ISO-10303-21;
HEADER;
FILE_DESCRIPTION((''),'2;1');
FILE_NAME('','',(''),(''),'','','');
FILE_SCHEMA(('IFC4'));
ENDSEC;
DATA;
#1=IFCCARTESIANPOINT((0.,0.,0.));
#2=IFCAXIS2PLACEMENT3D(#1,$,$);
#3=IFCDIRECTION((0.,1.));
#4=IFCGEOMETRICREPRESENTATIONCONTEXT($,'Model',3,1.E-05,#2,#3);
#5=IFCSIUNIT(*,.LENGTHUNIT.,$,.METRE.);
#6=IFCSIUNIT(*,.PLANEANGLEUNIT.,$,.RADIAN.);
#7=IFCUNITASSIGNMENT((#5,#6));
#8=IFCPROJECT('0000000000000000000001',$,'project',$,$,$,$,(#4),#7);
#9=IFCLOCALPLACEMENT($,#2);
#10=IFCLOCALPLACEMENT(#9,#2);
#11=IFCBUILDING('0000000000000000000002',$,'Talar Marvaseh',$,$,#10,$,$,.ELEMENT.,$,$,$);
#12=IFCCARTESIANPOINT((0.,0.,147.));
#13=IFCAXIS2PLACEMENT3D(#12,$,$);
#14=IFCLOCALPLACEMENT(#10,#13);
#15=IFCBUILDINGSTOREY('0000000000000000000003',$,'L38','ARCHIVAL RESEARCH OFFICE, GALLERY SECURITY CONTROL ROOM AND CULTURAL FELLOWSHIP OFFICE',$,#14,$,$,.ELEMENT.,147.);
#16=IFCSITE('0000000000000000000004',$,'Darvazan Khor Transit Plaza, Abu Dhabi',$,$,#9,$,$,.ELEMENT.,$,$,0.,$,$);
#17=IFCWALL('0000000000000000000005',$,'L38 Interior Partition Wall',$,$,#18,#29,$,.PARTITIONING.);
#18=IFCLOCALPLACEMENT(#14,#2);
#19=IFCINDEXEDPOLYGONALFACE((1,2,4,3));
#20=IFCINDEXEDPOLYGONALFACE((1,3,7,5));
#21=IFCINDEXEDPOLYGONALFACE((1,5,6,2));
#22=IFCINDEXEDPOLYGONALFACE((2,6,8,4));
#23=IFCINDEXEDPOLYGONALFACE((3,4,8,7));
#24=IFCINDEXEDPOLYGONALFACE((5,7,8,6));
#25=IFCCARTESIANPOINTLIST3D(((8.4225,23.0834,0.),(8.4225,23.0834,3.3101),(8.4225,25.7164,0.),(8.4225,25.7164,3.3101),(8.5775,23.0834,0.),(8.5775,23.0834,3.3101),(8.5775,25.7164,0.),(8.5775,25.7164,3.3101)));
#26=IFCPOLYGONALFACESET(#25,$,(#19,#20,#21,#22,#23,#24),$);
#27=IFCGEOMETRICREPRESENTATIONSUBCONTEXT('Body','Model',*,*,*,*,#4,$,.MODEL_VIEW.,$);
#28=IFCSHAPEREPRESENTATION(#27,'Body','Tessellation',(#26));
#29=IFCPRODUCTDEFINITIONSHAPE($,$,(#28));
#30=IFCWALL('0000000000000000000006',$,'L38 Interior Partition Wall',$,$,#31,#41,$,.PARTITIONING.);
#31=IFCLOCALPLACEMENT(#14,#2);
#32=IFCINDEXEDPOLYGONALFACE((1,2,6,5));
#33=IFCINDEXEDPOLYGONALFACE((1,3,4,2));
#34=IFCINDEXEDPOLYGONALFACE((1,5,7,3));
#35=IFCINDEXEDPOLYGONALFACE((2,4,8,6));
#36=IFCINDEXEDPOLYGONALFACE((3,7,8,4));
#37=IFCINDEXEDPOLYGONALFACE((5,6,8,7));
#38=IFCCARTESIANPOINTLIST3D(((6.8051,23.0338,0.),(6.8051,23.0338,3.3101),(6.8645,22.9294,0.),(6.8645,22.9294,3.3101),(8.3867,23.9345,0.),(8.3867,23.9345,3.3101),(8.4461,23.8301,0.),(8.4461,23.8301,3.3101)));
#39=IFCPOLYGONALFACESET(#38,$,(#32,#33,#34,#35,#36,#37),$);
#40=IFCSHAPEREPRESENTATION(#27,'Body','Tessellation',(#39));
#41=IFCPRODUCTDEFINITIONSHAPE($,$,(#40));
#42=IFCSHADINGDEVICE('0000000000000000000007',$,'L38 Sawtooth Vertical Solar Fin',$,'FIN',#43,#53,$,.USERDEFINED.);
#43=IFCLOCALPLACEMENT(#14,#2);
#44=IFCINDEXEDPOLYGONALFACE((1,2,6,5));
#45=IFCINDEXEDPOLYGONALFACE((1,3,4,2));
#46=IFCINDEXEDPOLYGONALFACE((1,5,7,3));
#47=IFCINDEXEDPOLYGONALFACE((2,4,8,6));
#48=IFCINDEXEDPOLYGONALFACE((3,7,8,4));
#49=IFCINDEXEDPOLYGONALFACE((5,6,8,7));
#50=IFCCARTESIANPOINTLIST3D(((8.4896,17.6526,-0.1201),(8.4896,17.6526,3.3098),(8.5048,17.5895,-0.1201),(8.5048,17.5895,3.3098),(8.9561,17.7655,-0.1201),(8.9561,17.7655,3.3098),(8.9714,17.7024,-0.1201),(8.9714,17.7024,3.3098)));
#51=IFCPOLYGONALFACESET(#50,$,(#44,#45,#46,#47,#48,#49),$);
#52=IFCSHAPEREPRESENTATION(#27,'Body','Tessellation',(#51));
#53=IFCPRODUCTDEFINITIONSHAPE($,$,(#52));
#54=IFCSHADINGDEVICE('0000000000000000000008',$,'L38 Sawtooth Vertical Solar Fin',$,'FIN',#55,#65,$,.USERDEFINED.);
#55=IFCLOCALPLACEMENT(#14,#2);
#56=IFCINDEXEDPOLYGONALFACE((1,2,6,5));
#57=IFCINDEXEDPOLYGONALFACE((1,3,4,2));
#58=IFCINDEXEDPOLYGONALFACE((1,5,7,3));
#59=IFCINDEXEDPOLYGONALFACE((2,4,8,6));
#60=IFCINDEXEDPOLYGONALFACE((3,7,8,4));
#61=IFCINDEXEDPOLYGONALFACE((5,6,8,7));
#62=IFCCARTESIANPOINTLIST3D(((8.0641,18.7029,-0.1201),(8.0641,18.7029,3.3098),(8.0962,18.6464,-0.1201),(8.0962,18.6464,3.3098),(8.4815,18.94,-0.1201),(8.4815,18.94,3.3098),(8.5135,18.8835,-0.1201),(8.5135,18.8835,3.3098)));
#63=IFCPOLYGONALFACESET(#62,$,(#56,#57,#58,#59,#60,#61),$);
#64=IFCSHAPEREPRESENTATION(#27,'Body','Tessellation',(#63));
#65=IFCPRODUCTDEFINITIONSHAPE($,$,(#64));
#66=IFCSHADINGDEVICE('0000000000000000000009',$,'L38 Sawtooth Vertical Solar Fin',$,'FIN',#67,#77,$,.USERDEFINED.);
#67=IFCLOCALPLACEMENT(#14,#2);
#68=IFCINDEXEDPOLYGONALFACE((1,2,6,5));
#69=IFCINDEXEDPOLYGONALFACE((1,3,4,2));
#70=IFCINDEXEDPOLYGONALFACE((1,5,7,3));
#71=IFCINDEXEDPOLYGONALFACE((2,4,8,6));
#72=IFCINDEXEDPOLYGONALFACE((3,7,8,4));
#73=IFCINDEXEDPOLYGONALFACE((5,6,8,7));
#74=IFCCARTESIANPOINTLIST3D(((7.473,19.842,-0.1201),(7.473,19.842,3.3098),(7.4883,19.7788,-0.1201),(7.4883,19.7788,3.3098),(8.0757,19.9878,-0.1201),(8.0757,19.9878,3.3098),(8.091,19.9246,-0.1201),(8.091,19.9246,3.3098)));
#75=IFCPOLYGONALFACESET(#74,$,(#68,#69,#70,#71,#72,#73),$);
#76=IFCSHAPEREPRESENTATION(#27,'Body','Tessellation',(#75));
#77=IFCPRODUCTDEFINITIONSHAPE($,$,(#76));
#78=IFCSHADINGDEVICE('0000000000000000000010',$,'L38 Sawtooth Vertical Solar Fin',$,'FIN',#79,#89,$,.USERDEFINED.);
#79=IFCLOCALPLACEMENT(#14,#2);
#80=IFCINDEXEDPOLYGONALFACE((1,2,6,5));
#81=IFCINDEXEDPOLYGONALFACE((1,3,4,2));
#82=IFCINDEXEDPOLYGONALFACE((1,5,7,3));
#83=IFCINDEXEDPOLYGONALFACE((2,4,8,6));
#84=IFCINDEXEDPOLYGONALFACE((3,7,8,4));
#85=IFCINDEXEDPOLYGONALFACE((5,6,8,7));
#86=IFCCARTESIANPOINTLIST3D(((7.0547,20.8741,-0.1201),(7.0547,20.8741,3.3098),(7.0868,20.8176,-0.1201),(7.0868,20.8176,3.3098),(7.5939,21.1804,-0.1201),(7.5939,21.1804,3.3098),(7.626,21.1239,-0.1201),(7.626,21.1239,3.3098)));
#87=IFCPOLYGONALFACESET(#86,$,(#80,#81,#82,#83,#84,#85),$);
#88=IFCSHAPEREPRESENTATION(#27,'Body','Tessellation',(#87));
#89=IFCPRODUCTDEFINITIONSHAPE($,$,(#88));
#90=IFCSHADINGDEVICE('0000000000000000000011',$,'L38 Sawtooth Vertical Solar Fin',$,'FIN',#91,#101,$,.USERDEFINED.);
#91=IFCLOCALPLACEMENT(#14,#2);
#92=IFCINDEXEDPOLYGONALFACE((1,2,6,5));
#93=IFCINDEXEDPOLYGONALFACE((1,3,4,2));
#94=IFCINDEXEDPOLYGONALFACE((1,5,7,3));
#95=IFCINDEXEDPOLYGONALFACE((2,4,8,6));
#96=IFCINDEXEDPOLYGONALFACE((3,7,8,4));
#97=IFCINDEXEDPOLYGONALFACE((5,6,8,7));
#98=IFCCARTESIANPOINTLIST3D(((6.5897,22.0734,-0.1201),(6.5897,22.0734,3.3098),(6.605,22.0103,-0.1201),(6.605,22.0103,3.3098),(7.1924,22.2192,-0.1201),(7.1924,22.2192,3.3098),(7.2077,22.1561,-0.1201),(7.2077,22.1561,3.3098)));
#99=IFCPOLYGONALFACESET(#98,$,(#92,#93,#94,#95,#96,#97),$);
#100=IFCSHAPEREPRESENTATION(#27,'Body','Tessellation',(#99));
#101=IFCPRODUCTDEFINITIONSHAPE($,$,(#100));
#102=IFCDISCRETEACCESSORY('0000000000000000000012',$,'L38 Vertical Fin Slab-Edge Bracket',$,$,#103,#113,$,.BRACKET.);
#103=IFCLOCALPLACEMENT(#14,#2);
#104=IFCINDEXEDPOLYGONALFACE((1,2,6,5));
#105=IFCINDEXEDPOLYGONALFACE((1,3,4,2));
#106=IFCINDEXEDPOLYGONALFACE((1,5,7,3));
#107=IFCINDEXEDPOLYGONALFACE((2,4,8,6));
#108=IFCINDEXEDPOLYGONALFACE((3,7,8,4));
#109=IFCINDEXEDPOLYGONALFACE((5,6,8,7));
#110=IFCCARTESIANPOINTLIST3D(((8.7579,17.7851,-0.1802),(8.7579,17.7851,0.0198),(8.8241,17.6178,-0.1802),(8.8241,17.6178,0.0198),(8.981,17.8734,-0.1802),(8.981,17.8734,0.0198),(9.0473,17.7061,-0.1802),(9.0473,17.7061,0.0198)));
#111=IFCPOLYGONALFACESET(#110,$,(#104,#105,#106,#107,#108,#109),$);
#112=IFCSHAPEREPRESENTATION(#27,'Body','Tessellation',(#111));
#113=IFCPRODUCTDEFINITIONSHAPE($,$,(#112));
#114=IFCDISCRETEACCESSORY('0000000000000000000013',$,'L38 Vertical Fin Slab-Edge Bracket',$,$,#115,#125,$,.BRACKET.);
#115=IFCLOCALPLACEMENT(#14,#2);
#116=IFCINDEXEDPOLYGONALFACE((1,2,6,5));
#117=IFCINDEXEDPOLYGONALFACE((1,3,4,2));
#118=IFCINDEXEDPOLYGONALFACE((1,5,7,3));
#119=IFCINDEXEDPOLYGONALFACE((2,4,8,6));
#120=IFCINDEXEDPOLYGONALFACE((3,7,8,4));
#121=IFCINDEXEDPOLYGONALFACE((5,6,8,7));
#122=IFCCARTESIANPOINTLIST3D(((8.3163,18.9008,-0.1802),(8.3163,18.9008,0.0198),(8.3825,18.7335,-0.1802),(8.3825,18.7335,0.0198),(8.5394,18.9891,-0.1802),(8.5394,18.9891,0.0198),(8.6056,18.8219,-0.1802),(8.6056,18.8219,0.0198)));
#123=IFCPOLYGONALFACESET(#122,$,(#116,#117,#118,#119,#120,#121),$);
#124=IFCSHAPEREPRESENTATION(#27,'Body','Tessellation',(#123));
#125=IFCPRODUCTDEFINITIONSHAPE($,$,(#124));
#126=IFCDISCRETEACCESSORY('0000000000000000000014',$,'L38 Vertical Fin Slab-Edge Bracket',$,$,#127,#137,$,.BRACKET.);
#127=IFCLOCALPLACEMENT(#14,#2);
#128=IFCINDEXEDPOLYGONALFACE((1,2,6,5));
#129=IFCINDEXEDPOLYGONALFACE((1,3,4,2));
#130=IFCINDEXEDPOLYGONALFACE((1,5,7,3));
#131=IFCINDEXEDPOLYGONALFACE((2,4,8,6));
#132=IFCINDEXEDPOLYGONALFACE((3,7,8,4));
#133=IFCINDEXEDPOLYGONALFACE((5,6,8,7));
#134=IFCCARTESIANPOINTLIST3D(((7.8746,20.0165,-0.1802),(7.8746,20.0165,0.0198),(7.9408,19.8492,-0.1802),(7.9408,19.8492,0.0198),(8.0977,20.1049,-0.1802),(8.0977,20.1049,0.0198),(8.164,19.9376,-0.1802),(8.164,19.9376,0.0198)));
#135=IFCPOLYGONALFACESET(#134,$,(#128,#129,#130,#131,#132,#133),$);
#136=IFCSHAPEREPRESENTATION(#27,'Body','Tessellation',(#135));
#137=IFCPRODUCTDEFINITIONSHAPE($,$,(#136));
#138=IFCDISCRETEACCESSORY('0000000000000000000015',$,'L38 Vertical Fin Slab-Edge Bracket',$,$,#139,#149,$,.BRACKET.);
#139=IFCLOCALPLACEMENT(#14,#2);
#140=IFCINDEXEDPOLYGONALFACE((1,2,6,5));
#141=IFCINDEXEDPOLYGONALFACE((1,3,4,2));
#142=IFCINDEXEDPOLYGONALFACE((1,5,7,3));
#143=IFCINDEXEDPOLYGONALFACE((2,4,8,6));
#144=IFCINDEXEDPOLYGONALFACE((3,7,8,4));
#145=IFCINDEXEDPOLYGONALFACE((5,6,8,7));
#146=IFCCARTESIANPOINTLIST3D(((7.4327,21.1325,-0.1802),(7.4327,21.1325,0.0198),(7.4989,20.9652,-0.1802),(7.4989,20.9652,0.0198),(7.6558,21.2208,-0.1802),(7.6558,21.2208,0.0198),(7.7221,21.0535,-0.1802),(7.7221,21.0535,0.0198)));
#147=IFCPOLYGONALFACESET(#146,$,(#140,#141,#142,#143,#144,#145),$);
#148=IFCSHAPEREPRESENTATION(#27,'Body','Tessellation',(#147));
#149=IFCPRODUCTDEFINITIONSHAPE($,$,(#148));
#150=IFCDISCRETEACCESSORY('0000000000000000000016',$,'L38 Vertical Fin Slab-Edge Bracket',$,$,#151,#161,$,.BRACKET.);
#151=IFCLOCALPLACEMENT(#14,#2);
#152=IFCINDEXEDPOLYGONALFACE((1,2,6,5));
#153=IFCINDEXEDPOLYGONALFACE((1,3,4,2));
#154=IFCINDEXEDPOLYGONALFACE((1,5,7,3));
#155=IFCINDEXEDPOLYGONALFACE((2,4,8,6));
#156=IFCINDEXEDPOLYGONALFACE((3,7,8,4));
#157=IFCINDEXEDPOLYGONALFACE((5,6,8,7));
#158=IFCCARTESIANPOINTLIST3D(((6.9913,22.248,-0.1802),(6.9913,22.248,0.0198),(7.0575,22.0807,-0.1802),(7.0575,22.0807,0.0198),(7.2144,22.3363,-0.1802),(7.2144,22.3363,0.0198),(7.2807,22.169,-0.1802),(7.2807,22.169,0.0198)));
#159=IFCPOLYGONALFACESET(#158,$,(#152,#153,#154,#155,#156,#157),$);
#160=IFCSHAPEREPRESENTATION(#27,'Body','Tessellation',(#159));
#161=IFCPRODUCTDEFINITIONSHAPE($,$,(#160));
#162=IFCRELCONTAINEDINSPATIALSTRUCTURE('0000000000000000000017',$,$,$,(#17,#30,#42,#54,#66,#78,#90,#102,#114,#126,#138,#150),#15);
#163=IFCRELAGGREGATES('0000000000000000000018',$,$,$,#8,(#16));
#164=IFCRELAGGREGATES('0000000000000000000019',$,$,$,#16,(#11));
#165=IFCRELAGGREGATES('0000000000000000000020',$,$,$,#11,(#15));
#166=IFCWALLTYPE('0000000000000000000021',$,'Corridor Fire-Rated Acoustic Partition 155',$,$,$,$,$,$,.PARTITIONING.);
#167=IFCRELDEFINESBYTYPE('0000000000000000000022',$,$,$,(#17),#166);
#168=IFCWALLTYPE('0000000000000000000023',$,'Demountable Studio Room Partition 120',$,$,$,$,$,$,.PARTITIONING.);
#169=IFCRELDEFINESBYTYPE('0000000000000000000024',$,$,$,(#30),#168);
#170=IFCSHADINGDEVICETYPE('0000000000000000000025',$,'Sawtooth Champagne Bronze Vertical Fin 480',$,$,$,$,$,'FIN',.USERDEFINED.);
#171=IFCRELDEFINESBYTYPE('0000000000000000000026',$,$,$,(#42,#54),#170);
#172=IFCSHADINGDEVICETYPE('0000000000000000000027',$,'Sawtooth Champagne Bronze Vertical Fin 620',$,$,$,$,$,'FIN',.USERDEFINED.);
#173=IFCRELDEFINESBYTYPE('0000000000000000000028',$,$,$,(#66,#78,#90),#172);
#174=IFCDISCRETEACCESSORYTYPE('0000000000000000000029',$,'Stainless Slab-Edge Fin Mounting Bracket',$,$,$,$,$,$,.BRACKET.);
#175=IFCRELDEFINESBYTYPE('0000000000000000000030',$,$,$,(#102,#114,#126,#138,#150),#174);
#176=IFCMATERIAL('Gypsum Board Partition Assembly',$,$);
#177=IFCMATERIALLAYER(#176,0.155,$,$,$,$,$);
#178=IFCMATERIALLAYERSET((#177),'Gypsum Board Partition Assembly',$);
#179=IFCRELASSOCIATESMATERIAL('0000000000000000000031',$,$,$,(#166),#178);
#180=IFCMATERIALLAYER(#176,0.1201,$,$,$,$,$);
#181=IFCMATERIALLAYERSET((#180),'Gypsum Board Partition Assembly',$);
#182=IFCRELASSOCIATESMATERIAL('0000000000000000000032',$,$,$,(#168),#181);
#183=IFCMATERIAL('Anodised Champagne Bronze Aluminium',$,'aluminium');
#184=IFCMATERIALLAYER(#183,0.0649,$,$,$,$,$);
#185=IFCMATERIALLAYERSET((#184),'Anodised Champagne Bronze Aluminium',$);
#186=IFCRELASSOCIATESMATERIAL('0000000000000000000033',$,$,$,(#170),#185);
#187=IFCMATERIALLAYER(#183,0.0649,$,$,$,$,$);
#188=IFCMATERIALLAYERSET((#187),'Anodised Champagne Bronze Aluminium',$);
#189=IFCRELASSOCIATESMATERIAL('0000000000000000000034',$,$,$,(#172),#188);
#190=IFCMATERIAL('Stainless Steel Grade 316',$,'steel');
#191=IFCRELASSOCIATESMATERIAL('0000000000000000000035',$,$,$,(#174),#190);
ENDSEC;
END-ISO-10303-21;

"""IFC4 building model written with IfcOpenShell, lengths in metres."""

from ifc_helpers import new_model, si_unit, direction, frame, frame_2d, origin, origin_2d, place, context, subcontext, project, spatial, rectangle, extrude, source, transform, mapped, material, layer, layer_set, type_object, type_shapes, element, save


model = new_model("IFC4")

# Units and contexts
model_context = context("Model", 3, precision=1e-05, world=origin(), true_north=direction((0.0, 1.0)))
body_context = subcontext(model_context, "Body", "Model", "MODEL_VIEW")
ifc_project = project(units=[si_unit("LENGTHUNIT", "METRE"), si_unit("PLANEANGLEUNIT", "RADIAN")], contexts=[model_context])

# Site, building, storey
site_placement = place(None, origin())
site = spatial("IfcSite", under=ifc_project, at=site_placement, Name="Darvazan Khor Transit Plaza, Abu Dhabi", CompositionType="ELEMENT", RefElevation=0.0)
building_placement = place(site_placement, origin())
building = spatial("IfcBuilding", under=site, at=building_placement, Name="Talar Marvaseh", CompositionType="ELEMENT")
storey_placement = place(building_placement, frame((0.0, 0.0, 147.0)))
storey = spatial("IfcBuildingStorey", under=building, at=storey_placement, Name="L38", Description="ARCHIVAL RESEARCH OFFICE, GALLERY SECURITY CONTROL ROOM AND CULTURAL FELLOWSHIP OFFICE", CompositionType="ELEMENT", Elevation=147.0)

# Shared definitions
ifc_material_1 = material(Name="Gypsum Board Partition Assembly")
ifc_layer_1 = layer(ifc_material_1, 0.155)
ifc_layer_set_1 = layer_set([ifc_layer_1], Name="Gypsum Board Partition Assembly")
wall_type_1 = type_object("IfcWallType", Name="Corridor Fire-Rated Acoustic Partition 155", PredefinedType="PARTITIONING", material=ifc_layer_set_1)

# Walls
wall_1_placement = place(storey_placement, frame((8.5, 23.0835, 0.0), z_axis=(0.0, 0.0, 1.0), x_axis=(0.0, 1.0, 0.0)))
element("IfcWall", 1, at=wall_1_placement, inside=storey, type_object=wall_type_1, Name="L38 Interior Partition Wall", PredefinedType="PARTITIONING", context=body_context, shape_type="SweptSolid", body=[
    extrude(rectangle(XDim=2.6331, YDim=0.155, at=frame_2d((1.3164, 0.0))), origin(), (0.0, 0.0, 1.0), 3.3101),
])
ifc_layer_2 = layer(ifc_material_1, 0.1201)
ifc_layer_set_2 = layer_set([ifc_layer_2], Name="Gypsum Board Partition Assembly")
wall_type_2 = type_object("IfcWallType", Name="Demountable Studio Room Partition 120", PredefinedType="PARTITIONING", material=ifc_layer_set_2)
wall_2_placement = place(storey_placement, frame((8.4165, 23.8823, 0.0), z_axis=(0.0, 0.0, 1.0), x_axis=(-0.868977, -0.494853, 0.0)))
element("IfcWall", 2, at=wall_2_placement, inside=storey, type_object=wall_type_2, Name="L38 Interior Partition Wall", PredefinedType="PARTITIONING", context=body_context, shape_type="SweptSolid", body=[
    extrude(rectangle(XDim=1.8201, YDim=0.1201, at=frame_2d((0.9102, 0.0))), origin(), (0.0, 0.0, 1.0), 3.3101),
])

# Shading devices
ifc_material_2 = material(Name="Anodised Champagne Bronze Aluminium", Category="aluminium")
ifc_layer_3 = layer(ifc_material_2, 0.0649)
ifc_layer_set_3 = layer_set([ifc_layer_3], Name="Anodised Champagne Bronze Aluminium")
shading_device_type_1 = type_object("IfcShadingDeviceType", Name="Sawtooth Champagne Bronze Vertical Fin 480", ElementType="FIN", PredefinedType="USERDEFINED", material=ifc_layer_set_3)
shared_shape_1 = source(origin(), body_context, "Body", "SweptSolid", [
    extrude(rectangle(XDim=0.48, YDim=0.0649, at=origin_2d()), origin(), (0.0, 0.0, 1.0), 3.4299),
])
type_shapes(shading_device_type_1, [shared_shape_1])
for number, where, z_axis, x_axis, name in (
    (3, (8.7305, 17.6775, -0.1201), (0.0, 0.0, 1.0), (-0.971961, -0.235142, 0.0), "L38 Sawtooth Vertical Solar Fin"),
    (4, (8.2888, 18.7932, -0.1201), (0.0, 0.0, 1.0), (-0.869495, -0.493942, 0.0), "L38 Sawtooth Vertical Solar Fin"),
):
    element("IfcShadingDevice", number, at=place(storey_placement, frame(where, z_axis=z_axis, x_axis=x_axis)), inside=storey, type_object=shading_device_type_1, Name=name, ObjectType="FIN", PredefinedType="USERDEFINED", context=body_context, shape_type="MappedRepresentation", body=[
        mapped(shared_shape_1, transform((0.0, 0.0, 0.0), x_axis=(1.0, 0.0, 0.0), y_axis=(0.0, 1.0, 0.0), z_axis=(0.0, 0.0, 1.0), scale=1.0)),
    ])
ifc_layer_4 = layer(ifc_material_2, 0.0649)
ifc_layer_set_4 = layer_set([ifc_layer_4], Name="Anodised Champagne Bronze Aluminium")
shading_device_type_2 = type_object("IfcShadingDeviceType", Name="Sawtooth Champagne Bronze Vertical Fin 620", ElementType="FIN", PredefinedType="USERDEFINED", material=ifc_layer_set_4)
shared_shape_2 = source(origin(), body_context, "Body", "SweptSolid", [
    extrude(rectangle(XDim=0.6201, YDim=0.0649, at=origin_2d()), origin(), (0.0, 0.0, 1.0), 3.4299),
])
type_shapes(shading_device_type_2, [shared_shape_2])
for number, where, z_axis, x_axis, name in (
    (5, (7.782, 19.8833, -0.1201), (0.0, 0.0, 1.0), (-0.971961, -0.235142, 0.0), "L38 Sawtooth Vertical Solar Fin"),
    (6, (7.3403, 20.999, -0.1201), (0.0, 0.0, 1.0), (-0.869495, -0.493942, 0.0), "L38 Sawtooth Vertical Solar Fin"),
    (7, (6.8987, 22.1147, -0.1201), (0.0, 0.0, 1.0), (-0.971961, -0.235142, 0.0), "L38 Sawtooth Vertical Solar Fin"),
):
    element("IfcShadingDevice", number, at=place(storey_placement, frame(where, z_axis=z_axis, x_axis=x_axis)), inside=storey, type_object=shading_device_type_2, Name=name, ObjectType="FIN", PredefinedType="USERDEFINED", context=body_context, shape_type="MappedRepresentation", body=[
        mapped(shared_shape_2, transform((0.0, 0.0, 0.0), x_axis=(1.0, 0.0, 0.0), y_axis=(0.0, 1.0, 0.0), z_axis=(0.0, 0.0, 1.0), scale=1.0)),
    ])

# Discrete accessories
ifc_material_3 = material(Name="Stainless Steel Grade 316", Category="steel")
discrete_accessory_type = type_object("IfcDiscreteAccessoryType", Name="Stainless Slab-Edge Fin Mounting Bracket", PredefinedType="BRACKET", material=ifc_material_3)
shared_shape_3 = source(origin(), body_context, "Body", "SweptSolid", [
    extrude(rectangle(XDim=0.24, YDim=0.1799, at=origin_2d()), origin(), (0.0, 0.0, 1.0), 0.2),
])
type_shapes(discrete_accessory_type, [shared_shape_3])
for number, where, z_axis, x_axis, name in (
    (8, (8.9026, 17.7456, -0.1802), (0.0, 0.0, 1.0), (-0.929776, -0.368125, 0.0), "L38 Vertical Fin Slab-Edge Bracket"),
    (9, (8.4609, 18.8613, -0.1802), (0.0, 0.0, 1.0), (-0.929776, -0.368125, 0.0), "L38 Vertical Fin Slab-Edge Bracket"),
    (10, (8.0193, 19.9771, -0.1802), (0.0, 0.0, 1.0), (-0.929776, -0.368125, 0.0), "L38 Vertical Fin Slab-Edge Bracket"),
    (11, (7.5774, 21.093, -0.1802), (0.0, 0.0, 1.0), (-0.929776, -0.368125, 0.0), "L38 Vertical Fin Slab-Edge Bracket"),
    (12, (7.136, 22.2085, -0.1802), (0.0, 0.0, 1.0), (-0.929776, -0.368125, 0.0), "L38 Vertical Fin Slab-Edge Bracket"),
):
    element("IfcDiscreteAccessory", number, at=place(storey_placement, frame(where, z_axis=z_axis, x_axis=x_axis)), inside=storey, type_object=discrete_accessory_type, Name=name, PredefinedType="BRACKET", context=body_context, shape_type="MappedRepresentation", body=[
        mapped(shared_shape_3, transform((0.0, 0.0, 0.0), x_axis=(1.0, 0.0, 0.0), y_axis=(0.0, 1.0, 0.0), z_axis=(0.0, 0.0, 1.0), scale=1.0)),
    ])

save(model, "model.ifc")
